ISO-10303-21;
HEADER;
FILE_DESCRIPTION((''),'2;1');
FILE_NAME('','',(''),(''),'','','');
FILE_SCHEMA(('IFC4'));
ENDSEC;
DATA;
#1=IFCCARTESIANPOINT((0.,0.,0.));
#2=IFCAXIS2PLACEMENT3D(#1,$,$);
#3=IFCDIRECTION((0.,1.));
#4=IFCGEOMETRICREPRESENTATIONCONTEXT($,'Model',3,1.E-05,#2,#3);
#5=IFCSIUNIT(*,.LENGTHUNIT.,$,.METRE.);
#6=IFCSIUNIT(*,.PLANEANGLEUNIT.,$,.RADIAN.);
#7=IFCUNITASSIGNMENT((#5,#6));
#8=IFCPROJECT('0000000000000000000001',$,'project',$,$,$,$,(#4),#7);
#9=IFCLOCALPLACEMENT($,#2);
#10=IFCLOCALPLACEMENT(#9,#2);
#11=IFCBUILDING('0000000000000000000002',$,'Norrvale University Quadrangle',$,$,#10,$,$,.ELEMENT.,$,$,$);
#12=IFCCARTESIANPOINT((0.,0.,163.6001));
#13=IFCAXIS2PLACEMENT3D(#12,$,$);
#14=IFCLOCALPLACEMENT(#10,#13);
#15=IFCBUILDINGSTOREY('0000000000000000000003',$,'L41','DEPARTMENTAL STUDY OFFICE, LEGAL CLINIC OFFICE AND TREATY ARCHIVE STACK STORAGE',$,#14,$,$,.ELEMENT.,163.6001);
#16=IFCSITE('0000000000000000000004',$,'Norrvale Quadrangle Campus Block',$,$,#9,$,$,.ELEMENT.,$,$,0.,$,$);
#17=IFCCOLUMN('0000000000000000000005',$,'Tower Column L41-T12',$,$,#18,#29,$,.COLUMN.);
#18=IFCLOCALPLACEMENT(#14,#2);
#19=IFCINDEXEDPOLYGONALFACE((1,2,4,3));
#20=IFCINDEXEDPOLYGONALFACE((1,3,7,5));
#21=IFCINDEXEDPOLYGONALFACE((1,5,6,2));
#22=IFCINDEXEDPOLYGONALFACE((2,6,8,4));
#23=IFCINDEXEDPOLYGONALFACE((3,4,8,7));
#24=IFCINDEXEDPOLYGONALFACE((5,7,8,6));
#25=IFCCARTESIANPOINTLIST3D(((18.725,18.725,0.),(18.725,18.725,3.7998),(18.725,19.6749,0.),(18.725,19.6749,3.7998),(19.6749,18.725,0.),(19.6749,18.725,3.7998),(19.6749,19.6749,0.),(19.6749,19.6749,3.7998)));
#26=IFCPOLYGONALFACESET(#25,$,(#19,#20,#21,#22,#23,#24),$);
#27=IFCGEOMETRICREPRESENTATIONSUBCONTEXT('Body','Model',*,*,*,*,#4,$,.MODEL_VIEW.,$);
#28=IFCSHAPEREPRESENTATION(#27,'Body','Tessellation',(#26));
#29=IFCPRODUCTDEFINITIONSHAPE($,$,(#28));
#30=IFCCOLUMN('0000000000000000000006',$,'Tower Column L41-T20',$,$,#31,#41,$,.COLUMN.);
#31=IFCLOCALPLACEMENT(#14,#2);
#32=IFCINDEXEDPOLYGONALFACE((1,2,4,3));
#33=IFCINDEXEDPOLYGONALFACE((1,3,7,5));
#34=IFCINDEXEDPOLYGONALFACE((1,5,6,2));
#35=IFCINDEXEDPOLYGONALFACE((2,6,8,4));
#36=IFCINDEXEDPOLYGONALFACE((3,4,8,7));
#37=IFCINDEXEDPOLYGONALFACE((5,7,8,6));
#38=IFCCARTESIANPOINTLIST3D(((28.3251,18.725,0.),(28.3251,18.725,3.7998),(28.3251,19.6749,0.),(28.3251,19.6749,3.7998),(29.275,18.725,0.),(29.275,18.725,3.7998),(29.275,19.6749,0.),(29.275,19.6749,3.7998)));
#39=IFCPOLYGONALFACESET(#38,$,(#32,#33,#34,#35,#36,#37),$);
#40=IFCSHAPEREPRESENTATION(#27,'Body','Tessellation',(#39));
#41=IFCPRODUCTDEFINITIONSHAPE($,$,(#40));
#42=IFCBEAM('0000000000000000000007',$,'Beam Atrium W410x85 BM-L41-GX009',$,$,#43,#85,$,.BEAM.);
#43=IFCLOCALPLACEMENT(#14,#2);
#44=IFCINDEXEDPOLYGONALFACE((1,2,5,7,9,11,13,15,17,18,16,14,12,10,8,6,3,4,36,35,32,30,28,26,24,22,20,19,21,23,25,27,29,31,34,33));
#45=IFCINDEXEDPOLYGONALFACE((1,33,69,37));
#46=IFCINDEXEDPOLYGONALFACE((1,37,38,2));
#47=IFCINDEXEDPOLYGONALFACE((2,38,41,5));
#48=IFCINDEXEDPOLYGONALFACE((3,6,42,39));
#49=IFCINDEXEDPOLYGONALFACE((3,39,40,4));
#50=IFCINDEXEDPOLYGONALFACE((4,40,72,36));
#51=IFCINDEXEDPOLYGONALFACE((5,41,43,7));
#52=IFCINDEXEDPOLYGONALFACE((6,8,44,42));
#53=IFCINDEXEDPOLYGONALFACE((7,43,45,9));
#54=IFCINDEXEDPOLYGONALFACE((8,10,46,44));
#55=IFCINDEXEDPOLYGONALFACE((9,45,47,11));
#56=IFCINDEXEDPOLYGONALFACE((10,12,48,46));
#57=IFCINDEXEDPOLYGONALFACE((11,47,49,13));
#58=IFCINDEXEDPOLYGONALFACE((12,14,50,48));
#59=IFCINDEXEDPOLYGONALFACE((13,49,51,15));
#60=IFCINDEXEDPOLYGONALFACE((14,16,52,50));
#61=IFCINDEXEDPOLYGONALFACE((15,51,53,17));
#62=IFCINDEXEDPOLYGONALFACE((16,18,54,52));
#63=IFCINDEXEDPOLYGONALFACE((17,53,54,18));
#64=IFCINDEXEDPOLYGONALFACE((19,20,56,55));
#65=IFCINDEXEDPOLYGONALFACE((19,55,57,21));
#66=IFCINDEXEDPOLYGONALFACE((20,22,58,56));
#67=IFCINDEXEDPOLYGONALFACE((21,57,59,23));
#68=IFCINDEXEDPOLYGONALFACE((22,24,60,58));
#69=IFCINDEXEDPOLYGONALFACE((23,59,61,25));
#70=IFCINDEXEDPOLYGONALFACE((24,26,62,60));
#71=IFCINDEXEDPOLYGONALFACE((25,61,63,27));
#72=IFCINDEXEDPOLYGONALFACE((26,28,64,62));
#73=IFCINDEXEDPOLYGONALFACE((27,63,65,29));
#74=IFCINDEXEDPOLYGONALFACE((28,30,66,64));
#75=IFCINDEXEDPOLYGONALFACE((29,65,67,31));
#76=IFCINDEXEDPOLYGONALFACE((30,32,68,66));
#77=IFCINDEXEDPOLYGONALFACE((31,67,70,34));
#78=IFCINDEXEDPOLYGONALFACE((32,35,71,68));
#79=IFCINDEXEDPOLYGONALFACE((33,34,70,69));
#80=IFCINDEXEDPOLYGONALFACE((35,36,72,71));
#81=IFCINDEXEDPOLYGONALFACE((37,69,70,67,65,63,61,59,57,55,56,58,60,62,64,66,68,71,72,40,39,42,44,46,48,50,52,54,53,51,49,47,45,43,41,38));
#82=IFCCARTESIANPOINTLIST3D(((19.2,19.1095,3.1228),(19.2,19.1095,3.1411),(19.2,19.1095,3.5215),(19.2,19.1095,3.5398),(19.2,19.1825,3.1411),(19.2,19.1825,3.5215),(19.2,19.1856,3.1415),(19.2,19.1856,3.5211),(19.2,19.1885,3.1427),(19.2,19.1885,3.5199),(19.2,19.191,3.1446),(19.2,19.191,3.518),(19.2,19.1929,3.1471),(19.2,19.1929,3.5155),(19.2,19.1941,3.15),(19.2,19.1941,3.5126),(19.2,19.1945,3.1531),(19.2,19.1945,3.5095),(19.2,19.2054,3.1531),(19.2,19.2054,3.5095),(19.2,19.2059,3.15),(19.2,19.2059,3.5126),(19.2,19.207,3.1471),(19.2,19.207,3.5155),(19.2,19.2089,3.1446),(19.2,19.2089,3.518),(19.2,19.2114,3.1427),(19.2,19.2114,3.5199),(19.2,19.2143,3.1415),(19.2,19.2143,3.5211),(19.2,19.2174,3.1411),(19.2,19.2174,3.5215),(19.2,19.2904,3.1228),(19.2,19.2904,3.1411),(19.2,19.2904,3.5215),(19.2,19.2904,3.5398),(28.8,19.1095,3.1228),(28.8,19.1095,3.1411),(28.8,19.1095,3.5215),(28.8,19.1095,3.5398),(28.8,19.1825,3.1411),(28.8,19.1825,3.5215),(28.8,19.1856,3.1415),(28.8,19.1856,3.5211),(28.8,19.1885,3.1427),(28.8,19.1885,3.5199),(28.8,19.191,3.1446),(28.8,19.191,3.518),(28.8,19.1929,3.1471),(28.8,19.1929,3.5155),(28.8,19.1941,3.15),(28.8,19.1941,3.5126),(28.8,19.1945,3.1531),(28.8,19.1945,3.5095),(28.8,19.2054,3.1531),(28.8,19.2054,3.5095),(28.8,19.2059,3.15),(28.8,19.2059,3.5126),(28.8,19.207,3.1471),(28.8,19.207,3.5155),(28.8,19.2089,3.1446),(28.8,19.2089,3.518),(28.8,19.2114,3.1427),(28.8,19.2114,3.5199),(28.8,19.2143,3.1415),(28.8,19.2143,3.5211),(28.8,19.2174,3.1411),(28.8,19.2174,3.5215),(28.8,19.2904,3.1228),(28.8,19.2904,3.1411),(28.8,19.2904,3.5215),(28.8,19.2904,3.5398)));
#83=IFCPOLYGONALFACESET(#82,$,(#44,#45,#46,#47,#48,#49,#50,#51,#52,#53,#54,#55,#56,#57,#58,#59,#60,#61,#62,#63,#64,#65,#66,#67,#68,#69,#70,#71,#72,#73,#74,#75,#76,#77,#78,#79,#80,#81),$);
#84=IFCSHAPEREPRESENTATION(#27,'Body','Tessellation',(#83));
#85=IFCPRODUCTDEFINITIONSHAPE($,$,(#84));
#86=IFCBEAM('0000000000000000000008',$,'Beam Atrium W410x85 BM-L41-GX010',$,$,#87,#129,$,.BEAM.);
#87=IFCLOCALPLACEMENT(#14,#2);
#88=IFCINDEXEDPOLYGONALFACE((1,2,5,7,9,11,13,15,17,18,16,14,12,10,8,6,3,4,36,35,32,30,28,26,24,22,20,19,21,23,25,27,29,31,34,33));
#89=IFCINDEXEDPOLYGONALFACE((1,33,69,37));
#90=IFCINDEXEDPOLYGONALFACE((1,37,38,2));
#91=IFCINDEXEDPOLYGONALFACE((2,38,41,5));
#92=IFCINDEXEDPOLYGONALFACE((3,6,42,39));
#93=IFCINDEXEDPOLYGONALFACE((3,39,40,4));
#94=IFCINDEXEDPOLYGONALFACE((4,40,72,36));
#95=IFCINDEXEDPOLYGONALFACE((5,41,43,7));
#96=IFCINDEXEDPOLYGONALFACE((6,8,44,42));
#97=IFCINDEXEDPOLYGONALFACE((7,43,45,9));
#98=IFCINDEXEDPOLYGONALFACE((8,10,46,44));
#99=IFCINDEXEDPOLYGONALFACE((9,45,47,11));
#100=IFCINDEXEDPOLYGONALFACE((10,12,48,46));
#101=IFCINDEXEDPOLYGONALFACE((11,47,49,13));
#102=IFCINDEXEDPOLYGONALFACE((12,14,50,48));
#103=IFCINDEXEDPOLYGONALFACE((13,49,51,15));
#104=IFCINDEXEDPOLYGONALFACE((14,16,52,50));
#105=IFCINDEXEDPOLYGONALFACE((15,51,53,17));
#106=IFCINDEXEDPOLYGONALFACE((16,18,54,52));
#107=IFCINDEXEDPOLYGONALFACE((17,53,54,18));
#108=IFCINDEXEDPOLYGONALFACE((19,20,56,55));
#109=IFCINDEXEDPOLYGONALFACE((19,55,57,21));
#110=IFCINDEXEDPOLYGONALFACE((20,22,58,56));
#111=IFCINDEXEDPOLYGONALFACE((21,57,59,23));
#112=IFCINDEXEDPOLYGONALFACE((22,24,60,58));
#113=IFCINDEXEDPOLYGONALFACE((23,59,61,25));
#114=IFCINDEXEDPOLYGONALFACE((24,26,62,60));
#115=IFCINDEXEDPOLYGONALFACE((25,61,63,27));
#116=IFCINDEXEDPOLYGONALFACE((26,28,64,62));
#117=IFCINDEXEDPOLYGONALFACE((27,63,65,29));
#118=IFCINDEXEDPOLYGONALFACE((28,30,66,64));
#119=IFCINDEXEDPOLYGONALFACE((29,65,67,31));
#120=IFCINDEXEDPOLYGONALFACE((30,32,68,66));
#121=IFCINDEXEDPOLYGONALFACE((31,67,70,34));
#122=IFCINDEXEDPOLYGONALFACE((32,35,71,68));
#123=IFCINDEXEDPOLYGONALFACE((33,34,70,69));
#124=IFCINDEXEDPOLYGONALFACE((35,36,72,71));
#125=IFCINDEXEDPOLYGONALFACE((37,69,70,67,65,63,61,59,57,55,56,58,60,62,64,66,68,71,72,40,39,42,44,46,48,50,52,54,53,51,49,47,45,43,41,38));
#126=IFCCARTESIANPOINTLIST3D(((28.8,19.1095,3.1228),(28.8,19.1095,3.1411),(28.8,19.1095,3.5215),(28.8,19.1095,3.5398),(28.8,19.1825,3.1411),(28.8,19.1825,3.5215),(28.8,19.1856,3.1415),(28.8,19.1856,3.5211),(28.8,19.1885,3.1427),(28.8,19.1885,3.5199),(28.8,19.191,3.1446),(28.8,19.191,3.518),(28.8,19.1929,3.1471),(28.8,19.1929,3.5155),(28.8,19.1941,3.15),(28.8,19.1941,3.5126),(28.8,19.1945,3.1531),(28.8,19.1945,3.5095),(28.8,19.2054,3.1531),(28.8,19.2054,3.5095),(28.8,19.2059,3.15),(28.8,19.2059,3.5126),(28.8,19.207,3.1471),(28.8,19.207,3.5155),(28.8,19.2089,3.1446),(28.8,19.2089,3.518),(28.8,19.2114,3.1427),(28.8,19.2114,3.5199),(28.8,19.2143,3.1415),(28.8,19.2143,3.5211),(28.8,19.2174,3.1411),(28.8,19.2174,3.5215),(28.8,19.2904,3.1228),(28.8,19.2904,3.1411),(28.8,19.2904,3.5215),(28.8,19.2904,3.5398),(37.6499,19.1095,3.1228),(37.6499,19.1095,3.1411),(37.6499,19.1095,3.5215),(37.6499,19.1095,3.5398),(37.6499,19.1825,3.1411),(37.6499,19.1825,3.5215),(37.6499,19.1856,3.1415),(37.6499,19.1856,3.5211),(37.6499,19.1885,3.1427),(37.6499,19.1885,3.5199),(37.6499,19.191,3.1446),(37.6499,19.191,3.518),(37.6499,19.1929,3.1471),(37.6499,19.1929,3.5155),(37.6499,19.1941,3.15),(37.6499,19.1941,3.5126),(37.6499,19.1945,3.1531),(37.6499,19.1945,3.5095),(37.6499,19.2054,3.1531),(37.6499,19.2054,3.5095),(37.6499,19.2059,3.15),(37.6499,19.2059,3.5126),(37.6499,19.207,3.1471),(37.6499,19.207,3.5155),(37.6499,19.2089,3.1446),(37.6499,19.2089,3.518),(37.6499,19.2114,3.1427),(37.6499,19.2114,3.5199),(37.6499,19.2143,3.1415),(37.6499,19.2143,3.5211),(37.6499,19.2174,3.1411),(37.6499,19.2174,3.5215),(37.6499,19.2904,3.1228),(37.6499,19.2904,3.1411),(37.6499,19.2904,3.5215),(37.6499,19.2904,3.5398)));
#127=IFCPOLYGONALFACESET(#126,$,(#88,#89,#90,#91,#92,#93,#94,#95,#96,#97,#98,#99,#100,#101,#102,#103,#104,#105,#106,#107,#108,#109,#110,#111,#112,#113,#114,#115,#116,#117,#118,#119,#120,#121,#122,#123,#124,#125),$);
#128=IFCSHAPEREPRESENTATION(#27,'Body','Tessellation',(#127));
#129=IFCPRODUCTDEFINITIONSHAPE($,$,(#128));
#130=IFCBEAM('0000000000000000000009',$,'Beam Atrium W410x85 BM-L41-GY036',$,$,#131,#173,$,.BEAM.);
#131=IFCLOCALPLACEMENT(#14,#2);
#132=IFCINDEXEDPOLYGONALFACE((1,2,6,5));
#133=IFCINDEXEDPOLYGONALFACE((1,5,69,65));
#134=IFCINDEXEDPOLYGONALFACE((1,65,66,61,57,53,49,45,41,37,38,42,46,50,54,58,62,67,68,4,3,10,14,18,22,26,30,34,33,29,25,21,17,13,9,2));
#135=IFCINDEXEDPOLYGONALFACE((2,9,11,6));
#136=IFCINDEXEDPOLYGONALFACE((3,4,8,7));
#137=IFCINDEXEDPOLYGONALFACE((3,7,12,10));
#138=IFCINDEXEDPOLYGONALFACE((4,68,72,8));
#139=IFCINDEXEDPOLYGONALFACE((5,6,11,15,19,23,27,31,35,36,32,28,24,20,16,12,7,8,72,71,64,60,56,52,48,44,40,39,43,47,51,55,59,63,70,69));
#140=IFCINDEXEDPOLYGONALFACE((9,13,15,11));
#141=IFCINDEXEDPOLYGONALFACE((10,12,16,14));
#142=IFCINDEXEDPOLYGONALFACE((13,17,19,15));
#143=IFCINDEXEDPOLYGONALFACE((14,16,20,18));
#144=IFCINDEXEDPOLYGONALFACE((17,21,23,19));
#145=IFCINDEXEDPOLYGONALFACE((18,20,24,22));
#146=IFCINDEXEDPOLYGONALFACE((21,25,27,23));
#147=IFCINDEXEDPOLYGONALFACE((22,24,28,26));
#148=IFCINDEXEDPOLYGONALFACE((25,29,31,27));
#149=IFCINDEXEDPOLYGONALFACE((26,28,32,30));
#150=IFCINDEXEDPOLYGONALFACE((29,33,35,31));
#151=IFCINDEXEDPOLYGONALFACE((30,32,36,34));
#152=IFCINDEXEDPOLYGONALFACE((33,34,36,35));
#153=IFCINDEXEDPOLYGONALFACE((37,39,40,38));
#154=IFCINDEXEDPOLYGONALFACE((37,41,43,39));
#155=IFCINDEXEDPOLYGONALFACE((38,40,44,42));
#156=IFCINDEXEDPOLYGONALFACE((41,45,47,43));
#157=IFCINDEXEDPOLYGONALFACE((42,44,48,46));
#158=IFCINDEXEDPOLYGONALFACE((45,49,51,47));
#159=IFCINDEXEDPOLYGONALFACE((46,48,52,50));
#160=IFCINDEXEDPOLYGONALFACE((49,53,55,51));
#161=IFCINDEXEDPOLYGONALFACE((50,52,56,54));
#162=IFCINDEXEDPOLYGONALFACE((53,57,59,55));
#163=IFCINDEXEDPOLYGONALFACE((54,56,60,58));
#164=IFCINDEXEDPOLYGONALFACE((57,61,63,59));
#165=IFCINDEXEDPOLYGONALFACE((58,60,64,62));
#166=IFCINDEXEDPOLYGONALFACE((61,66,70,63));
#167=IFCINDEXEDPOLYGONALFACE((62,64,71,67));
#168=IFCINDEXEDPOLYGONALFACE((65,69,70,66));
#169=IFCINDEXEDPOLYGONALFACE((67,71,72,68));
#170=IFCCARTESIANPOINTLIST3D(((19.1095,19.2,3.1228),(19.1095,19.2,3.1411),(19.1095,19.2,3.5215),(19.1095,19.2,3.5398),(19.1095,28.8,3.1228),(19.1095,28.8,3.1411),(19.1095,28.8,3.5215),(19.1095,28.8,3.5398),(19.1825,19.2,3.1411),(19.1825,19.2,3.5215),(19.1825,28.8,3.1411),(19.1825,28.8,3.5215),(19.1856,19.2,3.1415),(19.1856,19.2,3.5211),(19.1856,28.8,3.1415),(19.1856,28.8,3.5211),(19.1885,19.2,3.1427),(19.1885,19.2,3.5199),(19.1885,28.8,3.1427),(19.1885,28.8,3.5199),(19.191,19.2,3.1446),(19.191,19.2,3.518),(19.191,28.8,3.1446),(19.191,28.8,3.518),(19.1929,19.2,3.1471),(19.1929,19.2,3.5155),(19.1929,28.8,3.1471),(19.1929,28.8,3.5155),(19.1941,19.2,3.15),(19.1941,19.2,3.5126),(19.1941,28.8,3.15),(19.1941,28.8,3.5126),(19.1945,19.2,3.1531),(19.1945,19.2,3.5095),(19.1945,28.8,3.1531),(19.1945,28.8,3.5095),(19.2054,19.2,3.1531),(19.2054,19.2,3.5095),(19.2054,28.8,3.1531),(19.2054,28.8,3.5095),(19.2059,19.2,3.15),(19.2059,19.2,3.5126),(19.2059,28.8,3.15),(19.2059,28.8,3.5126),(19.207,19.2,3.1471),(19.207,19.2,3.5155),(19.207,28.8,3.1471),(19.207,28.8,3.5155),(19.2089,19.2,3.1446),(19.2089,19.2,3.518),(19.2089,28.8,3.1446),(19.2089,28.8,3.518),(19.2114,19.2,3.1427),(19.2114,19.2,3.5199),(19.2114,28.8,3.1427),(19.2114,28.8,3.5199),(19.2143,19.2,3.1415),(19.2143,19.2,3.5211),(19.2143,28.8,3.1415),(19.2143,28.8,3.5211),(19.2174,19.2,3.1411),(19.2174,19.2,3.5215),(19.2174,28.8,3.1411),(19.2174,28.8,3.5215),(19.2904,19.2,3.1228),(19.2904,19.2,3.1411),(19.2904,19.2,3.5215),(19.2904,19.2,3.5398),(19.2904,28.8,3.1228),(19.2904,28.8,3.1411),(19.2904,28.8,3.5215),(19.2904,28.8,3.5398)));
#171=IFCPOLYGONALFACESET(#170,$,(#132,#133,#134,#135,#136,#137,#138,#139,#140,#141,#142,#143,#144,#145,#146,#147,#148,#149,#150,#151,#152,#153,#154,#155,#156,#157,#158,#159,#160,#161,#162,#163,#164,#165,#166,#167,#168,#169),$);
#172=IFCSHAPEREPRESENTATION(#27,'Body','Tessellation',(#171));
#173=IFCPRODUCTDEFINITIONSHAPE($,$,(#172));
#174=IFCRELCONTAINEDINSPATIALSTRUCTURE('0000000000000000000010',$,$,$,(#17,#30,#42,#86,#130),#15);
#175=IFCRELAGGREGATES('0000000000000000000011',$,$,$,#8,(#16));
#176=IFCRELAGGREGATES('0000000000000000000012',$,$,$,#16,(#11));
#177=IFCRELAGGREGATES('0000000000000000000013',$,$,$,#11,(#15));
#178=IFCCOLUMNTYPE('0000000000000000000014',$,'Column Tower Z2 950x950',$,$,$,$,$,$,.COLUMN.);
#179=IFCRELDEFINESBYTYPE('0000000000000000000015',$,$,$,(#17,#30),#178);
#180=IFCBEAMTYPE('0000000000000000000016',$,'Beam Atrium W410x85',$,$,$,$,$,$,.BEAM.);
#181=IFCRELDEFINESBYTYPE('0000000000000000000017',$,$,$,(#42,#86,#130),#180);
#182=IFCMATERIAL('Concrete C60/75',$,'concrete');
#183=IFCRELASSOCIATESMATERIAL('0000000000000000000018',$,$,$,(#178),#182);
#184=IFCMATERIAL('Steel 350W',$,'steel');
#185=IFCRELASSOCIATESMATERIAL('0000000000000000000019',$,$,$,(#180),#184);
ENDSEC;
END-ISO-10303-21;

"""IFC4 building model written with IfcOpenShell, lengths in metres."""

from ifc_helpers import new_model, si_unit, direction, frame, origin, origin_2d, place, context, subcontext, project, spatial, rectangle, i_section, extrude, material, material_profile, profile_set, type_object, element, save


model = new_model("IFC4")

# Units and contexts
model_context = context("Model", 3, precision=1e-05, world=origin(), true_north=direction((0.0, 1.0)))
body_context = subcontext(model_context, "Body", "Model", "MODEL_VIEW")
ifc_project = project(units=[si_unit("LENGTHUNIT", "METRE"), si_unit("PLANEANGLEUNIT", "RADIAN")], contexts=[model_context])

# Site, building, storey
site_placement = place(None, origin())
site = spatial("IfcSite", under=ifc_project, at=site_placement, Name="Norrvale Quadrangle Campus Block", CompositionType="ELEMENT", RefElevation=0.0)
building_placement = place(site_placement, origin())
building = spatial("IfcBuilding", under=site, at=building_placement, Name="Norrvale University Quadrangle", CompositionType="ELEMENT")
storey_placement = place(building_placement, frame((0.0, 0.0, 163.6001)))
storey = spatial("IfcBuildingStorey", under=building, at=storey_placement, Name="L41", Description="DEPARTMENTAL STUDY OFFICE, LEGAL CLINIC OFFICE AND TREATY ARCHIVE STACK STORAGE", CompositionType="ELEMENT", Elevation=163.6001)

# Columns
ifc_material_1 = material(Name="Concrete C60/75", Category="concrete")
ifc_material_profile_1 = material_profile(ifc_material_1, rectangle(XDim=0.95, YDim=0.95, at=origin_2d()), Name="Concrete C60/75")
ifc_profile_set_1 = profile_set([ifc_material_profile_1], Name="Concrete C60/75")
column_type = type_object("IfcColumnType", Name="Column Tower Z2 950x950", PredefinedType="COLUMN", material=ifc_profile_set_1)
for number, where, z_axis, x_axis, name in (
    (1, (19.2, 19.2, 0.0), (0.0, 0.0, 1.0), (1.0, 0.0, 0.0), "Tower Column L41-T12"),
    (2, (28.8, 19.2, 0.0), (0.0, 0.0, 1.0), (1.0, 0.0, 0.0), "Tower Column L41-T20"),
):
    element("IfcColumn", number, at=place(storey_placement, frame(where, z_axis=z_axis, x_axis=x_axis)), inside=storey, type_object=column_type, Name=name, PredefinedType="COLUMN", context=body_context, shape_type="SweptSolid", body=[
        extrude(rectangle(XDim=0.95, YDim=0.95, at=origin_2d()), origin(), (0.0, 0.0, 1.0), 3.7998),
    ])

# Beams
ifc_material_2 = material(Name="Steel 350W", Category="steel")
ifc_material_profile_2 = material_profile(ifc_material_2, i_section(OverallWidth=0.1809, OverallDepth=0.417, WebThickness=0.011, FlangeThickness=0.0183, FilletRadius=0.012, at=origin_2d()), Name="Steel 350W")
ifc_profile_set_2 = profile_set([ifc_material_profile_2], Name="Steel 350W")
beam_type_1 = type_object("IfcBeamType", Name="Beam Atrium W410x85", PredefinedType="BEAM", material=ifc_profile_set_2)
beam_1_placement = place(storey_placement, frame((19.2, 19.2, 3.3313), z_axis=(1.0, 0.0, 0.0), x_axis=(0.0, 1.0, 0.0)))
element("IfcBeam", 3, at=beam_1_placement, inside=storey, type_object=beam_type_1, Name="Beam Atrium W410x85 BM-L41-GX009", PredefinedType="BEAM", context=body_context, shape_type="SweptSolid", body=[
    extrude(i_section(OverallWidth=0.1809, OverallDepth=0.417, WebThickness=0.011, FlangeThickness=0.0183, FilletRadius=0.012, at=origin_2d()), origin(), (0.0, 0.0, 1.0), 9.6001),
])
beam_2_placement = place(storey_placement, frame((28.8, 19.2, 3.3313), z_axis=(1.0, 0.0, 0.0), x_axis=(0.0, 1.0, 0.0)))
element("IfcBeam", 4, at=beam_2_placement, inside=storey, type_object=beam_type_1, Name="Beam Atrium W410x85 BM-L41-GX010", PredefinedType="BEAM", context=body_context, shape_type="SweptSolid", body=[
    extrude(i_section(OverallWidth=0.1809, OverallDepth=0.417, WebThickness=0.011, FlangeThickness=0.0183, FilletRadius=0.012, at=origin_2d()), origin(), (0.0, 0.0, 1.0), 8.8499),
])
for number, where, z_axis, x_axis, name in (
    (5, (19.2, 19.2, 3.3313), (0.0, 1.0, 0.0), (-1.0, 0.0, 0.0), "Beam Atrium W410x85 BM-L41-GY036"),
):
    element("IfcBeam", number, at=place(storey_placement, frame(where, z_axis=z_axis, x_axis=x_axis)), inside=storey, type_object=beam_type_1, Name=name, PredefinedType="BEAM", context=body_context, shape_type="SweptSolid", body=[
        extrude(i_section(OverallWidth=0.1809, OverallDepth=0.417, WebThickness=0.011, FlangeThickness=0.0183, FilletRadius=0.012, at=origin_2d()), origin(), (0.0, 0.0, 1.0), 9.6001),
    ])

save(model, "model.ifc")
